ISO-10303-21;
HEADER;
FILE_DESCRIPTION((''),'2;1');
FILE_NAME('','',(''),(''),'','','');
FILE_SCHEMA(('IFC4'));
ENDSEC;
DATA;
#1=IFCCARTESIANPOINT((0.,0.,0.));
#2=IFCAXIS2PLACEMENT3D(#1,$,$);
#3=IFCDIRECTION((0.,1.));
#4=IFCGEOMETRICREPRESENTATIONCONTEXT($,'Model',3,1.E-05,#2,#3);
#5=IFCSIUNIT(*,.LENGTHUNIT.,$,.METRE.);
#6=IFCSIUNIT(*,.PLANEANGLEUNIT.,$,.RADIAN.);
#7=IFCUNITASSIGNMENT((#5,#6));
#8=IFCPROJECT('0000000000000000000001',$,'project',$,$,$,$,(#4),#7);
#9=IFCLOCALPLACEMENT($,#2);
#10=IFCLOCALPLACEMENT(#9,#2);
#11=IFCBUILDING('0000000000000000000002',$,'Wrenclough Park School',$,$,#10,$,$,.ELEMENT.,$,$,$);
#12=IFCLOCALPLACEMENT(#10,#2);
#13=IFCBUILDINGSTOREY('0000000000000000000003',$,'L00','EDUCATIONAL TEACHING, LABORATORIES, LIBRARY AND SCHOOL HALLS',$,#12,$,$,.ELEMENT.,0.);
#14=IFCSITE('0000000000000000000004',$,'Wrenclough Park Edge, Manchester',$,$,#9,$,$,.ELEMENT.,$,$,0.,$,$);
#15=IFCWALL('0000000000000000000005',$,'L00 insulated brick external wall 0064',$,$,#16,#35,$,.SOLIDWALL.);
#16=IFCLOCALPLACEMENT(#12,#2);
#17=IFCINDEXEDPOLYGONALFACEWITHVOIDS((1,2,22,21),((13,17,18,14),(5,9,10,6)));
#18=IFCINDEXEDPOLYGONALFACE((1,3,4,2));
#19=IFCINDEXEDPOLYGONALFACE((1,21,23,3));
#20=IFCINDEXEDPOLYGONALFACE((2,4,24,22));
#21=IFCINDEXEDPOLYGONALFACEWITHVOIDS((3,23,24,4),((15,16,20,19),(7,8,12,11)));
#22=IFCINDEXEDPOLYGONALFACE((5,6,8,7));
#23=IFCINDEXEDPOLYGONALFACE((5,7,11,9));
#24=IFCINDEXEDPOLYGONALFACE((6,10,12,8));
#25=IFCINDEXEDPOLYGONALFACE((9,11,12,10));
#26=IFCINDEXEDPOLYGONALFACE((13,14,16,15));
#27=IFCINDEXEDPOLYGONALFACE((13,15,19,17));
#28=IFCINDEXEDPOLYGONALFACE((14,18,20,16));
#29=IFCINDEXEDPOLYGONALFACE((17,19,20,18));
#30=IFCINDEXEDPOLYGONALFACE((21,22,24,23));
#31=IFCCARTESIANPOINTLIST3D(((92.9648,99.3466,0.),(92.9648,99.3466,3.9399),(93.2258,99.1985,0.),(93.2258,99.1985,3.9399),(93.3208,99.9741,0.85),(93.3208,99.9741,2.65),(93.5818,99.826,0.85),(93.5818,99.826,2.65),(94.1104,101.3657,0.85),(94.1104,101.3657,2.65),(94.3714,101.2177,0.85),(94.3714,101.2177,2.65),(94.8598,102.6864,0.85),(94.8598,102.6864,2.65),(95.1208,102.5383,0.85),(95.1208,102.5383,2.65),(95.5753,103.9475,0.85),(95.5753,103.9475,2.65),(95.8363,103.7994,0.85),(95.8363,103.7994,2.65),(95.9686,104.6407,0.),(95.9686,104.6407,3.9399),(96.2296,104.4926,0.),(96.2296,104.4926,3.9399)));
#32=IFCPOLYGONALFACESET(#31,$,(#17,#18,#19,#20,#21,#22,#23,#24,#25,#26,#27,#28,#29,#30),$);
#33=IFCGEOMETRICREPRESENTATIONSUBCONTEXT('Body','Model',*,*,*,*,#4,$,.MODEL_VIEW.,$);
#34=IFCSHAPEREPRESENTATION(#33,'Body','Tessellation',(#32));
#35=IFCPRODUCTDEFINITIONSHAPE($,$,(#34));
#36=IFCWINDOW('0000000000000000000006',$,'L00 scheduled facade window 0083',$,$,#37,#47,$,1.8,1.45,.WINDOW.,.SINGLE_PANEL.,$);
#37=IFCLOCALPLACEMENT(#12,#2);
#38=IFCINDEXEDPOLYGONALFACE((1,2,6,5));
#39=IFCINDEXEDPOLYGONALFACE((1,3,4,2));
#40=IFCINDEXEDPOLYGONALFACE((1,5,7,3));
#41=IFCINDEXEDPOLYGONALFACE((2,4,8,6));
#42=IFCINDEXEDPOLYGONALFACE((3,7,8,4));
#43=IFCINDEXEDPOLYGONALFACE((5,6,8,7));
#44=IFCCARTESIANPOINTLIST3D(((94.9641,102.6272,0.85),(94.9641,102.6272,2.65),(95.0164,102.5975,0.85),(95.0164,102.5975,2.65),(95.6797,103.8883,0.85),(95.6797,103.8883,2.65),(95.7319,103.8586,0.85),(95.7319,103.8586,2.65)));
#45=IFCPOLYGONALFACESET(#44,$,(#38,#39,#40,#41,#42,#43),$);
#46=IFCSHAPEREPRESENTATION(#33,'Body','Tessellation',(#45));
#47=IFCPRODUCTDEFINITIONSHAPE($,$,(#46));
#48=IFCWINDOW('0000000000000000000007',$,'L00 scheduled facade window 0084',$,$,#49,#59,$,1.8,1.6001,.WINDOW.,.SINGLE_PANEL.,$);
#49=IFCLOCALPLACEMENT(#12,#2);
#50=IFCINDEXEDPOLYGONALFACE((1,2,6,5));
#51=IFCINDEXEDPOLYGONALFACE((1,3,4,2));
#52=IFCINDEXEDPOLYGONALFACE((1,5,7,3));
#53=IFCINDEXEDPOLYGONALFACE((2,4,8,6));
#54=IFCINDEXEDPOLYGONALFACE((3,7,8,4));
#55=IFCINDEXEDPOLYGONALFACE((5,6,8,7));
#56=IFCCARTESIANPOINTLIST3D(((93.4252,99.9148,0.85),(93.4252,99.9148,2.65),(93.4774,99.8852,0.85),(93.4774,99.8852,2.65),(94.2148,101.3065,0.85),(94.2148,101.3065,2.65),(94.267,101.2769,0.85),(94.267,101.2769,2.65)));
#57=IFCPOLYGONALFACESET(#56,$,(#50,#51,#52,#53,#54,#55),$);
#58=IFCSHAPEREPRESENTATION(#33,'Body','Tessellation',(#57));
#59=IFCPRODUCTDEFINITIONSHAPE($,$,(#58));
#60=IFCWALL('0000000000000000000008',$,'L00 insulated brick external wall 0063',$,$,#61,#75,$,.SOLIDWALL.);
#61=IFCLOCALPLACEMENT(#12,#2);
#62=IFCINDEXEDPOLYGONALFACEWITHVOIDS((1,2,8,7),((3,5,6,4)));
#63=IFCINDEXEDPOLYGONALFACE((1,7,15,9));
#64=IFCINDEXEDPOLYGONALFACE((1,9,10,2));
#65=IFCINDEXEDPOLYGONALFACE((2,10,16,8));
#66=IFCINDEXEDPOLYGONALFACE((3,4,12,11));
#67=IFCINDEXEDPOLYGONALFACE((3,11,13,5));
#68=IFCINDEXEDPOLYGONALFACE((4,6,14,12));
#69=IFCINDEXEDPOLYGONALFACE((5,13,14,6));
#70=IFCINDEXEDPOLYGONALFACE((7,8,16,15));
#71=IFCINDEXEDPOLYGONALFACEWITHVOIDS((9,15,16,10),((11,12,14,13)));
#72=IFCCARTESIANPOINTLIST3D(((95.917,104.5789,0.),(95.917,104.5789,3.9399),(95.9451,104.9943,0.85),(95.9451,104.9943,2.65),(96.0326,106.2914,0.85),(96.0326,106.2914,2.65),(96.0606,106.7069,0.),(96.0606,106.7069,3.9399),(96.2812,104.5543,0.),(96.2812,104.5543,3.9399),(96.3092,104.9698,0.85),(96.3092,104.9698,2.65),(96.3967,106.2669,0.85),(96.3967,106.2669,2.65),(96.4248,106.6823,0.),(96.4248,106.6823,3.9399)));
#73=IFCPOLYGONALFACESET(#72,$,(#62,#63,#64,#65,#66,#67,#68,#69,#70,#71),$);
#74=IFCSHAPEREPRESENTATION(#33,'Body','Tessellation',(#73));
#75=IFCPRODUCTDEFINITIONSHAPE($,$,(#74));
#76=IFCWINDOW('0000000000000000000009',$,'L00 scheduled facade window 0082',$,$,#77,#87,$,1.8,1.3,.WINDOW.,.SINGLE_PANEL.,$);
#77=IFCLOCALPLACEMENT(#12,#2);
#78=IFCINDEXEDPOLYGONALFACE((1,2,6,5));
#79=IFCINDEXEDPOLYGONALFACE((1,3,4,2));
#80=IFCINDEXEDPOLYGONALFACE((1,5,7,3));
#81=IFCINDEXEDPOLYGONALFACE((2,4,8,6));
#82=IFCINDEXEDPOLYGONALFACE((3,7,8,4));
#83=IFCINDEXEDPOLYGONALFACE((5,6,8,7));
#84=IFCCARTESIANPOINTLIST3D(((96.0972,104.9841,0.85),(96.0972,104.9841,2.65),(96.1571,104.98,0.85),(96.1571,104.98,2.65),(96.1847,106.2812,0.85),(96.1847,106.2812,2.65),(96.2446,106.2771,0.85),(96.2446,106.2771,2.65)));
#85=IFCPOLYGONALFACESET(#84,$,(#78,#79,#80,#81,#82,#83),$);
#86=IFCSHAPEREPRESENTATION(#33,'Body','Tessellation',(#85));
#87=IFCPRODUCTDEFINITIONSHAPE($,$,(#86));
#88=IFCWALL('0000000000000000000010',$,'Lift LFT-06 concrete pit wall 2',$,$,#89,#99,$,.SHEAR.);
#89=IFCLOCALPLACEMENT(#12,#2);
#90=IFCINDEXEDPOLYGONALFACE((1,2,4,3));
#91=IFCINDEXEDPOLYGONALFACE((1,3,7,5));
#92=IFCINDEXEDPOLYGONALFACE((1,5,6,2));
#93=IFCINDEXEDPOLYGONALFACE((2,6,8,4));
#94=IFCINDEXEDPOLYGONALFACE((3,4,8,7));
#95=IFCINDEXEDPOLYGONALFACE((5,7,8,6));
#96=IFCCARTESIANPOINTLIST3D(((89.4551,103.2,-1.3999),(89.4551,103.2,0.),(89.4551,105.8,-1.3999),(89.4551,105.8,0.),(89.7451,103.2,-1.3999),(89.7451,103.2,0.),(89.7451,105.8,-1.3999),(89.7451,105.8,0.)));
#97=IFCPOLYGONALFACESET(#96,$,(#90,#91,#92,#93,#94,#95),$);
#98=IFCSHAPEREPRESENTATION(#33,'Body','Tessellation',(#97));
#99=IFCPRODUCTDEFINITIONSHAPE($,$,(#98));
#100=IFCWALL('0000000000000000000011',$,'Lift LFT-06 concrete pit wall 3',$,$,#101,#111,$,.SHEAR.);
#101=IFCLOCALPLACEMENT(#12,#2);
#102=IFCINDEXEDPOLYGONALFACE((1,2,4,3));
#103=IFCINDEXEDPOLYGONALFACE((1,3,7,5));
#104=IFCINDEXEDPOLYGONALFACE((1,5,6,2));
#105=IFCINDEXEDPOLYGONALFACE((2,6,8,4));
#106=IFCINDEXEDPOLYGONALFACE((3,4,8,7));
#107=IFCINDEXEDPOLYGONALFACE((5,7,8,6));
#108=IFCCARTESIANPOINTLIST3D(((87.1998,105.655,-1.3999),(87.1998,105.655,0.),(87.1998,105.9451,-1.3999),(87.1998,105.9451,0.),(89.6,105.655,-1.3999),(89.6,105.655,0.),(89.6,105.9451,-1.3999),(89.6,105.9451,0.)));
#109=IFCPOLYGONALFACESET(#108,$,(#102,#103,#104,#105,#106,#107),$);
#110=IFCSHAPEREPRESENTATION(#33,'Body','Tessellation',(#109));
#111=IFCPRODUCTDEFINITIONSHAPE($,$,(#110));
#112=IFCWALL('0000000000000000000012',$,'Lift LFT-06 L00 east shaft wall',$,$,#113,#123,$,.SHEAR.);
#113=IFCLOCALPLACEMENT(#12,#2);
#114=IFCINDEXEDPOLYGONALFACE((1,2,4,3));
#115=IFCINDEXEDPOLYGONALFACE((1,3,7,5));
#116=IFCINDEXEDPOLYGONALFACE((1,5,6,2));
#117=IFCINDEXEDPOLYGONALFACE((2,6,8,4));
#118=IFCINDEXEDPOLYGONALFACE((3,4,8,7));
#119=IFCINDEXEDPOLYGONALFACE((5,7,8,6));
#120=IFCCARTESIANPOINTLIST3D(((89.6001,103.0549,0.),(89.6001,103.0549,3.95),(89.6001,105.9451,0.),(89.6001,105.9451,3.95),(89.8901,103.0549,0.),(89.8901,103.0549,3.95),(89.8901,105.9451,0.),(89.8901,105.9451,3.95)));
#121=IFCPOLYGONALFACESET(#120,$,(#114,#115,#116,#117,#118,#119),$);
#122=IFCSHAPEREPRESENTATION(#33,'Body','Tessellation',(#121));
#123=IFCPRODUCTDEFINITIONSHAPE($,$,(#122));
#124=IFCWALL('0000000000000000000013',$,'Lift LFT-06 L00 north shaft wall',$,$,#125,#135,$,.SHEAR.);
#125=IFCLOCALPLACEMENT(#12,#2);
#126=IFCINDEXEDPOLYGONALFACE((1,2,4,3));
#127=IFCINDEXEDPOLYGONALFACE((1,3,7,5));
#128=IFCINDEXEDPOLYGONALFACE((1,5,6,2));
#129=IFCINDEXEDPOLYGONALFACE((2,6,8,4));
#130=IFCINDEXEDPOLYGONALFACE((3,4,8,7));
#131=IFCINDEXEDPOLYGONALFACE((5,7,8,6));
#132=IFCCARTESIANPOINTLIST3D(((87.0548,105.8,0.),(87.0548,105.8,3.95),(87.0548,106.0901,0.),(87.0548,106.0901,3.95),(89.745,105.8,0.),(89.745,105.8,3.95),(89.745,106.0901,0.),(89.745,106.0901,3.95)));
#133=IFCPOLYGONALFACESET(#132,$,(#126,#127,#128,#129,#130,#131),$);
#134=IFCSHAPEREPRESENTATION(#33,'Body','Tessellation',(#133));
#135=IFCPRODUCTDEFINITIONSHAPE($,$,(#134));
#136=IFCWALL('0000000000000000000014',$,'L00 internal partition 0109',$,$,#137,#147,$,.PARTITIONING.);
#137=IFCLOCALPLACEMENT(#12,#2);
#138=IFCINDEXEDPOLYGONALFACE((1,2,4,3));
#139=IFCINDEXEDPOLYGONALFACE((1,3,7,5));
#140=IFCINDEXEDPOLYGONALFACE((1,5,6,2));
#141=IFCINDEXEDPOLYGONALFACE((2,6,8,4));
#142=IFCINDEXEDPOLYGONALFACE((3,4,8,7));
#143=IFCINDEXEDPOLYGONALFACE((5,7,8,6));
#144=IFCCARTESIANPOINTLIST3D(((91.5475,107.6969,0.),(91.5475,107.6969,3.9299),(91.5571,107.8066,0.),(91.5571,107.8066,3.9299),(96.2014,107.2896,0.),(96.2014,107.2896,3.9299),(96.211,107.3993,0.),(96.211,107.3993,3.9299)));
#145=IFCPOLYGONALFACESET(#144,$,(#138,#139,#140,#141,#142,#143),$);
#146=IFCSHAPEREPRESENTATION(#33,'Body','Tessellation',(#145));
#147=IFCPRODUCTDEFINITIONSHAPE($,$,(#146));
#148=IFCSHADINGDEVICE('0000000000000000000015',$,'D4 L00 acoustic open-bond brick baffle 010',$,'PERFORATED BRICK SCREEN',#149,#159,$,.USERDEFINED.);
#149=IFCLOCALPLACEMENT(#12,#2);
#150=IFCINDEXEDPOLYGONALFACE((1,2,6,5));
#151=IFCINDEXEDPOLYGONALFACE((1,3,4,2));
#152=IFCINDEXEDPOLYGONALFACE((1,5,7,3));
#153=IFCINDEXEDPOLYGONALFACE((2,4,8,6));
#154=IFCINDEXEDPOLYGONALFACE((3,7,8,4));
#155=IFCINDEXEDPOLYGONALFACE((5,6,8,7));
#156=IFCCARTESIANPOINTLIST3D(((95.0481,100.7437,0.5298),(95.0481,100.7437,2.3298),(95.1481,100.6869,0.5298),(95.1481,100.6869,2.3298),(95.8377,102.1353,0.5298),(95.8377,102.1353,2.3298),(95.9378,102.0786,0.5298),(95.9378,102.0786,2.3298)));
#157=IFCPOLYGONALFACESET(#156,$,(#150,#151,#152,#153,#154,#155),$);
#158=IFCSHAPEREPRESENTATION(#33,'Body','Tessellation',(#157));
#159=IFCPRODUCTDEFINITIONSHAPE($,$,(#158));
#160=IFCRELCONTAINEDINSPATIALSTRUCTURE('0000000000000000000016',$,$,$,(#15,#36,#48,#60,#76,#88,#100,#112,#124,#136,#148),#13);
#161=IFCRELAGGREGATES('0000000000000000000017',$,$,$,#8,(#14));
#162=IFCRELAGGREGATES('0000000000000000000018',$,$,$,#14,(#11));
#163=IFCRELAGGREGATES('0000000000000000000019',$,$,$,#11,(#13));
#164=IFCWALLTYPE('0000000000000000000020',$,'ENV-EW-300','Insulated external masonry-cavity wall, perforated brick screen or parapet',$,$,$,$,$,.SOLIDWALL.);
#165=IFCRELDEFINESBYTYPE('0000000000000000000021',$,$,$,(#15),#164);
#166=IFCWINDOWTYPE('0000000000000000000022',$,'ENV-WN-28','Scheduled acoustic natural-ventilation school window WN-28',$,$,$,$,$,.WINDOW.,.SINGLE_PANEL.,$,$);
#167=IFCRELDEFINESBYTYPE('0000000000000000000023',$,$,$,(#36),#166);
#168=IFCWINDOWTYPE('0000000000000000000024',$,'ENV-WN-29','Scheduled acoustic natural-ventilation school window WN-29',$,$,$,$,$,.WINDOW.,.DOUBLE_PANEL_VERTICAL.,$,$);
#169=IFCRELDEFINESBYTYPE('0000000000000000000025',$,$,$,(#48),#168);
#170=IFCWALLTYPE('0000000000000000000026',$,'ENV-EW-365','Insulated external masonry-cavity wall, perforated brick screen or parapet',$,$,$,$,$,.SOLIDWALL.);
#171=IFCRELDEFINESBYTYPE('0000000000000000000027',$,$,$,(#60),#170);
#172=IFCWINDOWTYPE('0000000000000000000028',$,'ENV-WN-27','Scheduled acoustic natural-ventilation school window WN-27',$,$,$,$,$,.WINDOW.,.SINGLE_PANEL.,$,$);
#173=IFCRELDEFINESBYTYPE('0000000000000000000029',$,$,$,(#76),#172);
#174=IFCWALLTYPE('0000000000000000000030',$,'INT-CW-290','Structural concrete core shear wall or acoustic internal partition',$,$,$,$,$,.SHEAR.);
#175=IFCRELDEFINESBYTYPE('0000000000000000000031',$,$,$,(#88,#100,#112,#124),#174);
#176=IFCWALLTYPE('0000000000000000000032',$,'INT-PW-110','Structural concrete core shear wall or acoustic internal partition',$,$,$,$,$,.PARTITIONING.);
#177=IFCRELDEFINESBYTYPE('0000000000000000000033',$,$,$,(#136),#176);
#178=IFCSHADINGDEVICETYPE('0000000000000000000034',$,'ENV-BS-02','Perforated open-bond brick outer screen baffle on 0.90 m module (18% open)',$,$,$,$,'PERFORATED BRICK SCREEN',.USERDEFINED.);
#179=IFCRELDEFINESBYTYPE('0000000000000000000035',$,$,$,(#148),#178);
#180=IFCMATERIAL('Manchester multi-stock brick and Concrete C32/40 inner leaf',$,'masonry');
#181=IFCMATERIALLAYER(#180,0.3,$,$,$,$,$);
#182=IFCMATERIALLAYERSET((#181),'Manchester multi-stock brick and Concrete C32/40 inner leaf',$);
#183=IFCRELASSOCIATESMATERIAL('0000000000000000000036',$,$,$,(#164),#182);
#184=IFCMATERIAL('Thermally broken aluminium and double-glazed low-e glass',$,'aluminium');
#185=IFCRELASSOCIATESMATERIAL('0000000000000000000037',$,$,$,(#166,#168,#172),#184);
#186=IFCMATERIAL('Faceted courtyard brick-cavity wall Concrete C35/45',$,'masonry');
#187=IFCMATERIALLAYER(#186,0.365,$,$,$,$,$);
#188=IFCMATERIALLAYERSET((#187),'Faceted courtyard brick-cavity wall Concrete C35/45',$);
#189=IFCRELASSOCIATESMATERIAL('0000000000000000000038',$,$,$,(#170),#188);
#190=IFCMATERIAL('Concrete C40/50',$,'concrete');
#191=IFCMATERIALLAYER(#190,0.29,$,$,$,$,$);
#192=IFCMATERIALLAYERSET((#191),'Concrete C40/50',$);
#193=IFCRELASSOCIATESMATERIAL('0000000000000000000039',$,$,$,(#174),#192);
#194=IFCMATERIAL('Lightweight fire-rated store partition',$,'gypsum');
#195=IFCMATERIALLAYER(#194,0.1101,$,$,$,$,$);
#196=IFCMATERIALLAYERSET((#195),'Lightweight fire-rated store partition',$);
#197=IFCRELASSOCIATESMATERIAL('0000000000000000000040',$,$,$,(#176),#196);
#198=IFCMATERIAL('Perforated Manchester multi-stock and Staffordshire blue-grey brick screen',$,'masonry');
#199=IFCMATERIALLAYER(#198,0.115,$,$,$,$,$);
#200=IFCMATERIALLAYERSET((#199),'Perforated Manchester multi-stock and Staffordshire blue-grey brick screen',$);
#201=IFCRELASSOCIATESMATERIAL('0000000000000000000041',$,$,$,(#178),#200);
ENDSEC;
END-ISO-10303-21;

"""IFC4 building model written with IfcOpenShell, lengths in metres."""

from ifc_helpers import new_model, si_unit, direction, frame, frame_2d, origin, origin_2d, place, context, subcontext, project, spatial, rectangle, extrude, material, layer, layer_set, type_object, element, fill, save


model = new_model("IFC4")

# Units and contexts
model_context = context("Model", 3, precision=1e-05, world=origin(), true_north=direction((0.0, 1.0)))
body_context = subcontext(model_context, "Body", "Model", "MODEL_VIEW")
ifc_project = project(units=[si_unit("LENGTHUNIT", "METRE"), si_unit("PLANEANGLEUNIT", "RADIAN")], contexts=[model_context])

# Site, building, storey
site_placement = place(None, origin())
site = spatial("IfcSite", under=ifc_project, at=site_placement, Name="Wrenclough Park Edge, Manchester", CompositionType="ELEMENT", RefElevation=0.0)
building_placement = place(site_placement, origin())
building = spatial("IfcBuilding", under=site, at=building_placement, Name="Wrenclough Park School", CompositionType="ELEMENT")
storey_placement = place(building_placement, origin())
storey = spatial("IfcBuildingStorey", under=building, at=storey_placement, Name="L00", Description="EDUCATIONAL TEACHING, LABORATORIES, LIBRARY AND SCHOOL HALLS", CompositionType="ELEMENT", Elevation=0.0)

# Wall, openings, windows
ifc_material_1 = material(Name="Manchester multi-stock brick and Concrete C32/40 inner leaf", Category="masonry")
ifc_layer_1 = layer(ifc_material_1, 0.3)
ifc_layer_set_1 = layer_set([ifc_layer_1], Name="Manchester multi-stock brick and Concrete C32/40 inner leaf")
wall_type_1 = type_object("IfcWallType", Name="ENV-EW-300", Description="Insulated external masonry-cavity wall, perforated brick screen or parapet", PredefinedType="SOLIDWALL", material=ifc_layer_set_1)
wall_1_placement = place(storey_placement, frame((96.0991, 104.5667, 0.0), z_axis=(0.0, 0.0, 1.0), x_axis=(-0.493493, -0.86975, 0.0)))
wall_1 = element("IfcWall", 1, at=wall_1_placement, inside=storey, type_object=wall_type_1, Name="L00 insulated brick external wall 0064", PredefinedType="SOLIDWALL", context=body_context, shape_type="SweptSolid", body=[
    extrude(rectangle(XDim=6.0869, YDim=0.3, at=frame_2d((3.0435, 0.0))), origin(), (0.0, 0.0, 1.0), 3.9399),
])
opening_1_placement = place(wall_1_placement, frame((0.7969, 0.0, 0.8501)))
opening_1 = element("IfcOpeningElement", 2, at=opening_1_placement, cuts=wall_1, PredefinedType="OPENING", context=body_context, shape_type="SweptSolid", body=[
    extrude(rectangle(XDim=1.45, YDim=1.8, at=frame_2d((0.7251, 0.8999))), frame((0.0, 0.1599, 0.0), z_axis=(0.0, -1.0, 0.0), x_axis=(1.0, 0.0, 0.0)), (0.0, 0.0, 1.0), 0.3201),
])
opening_2_placement = place(wall_1_placement, frame((3.7654, 0.0, 0.8501)))
opening_2 = element("IfcOpeningElement", 3, at=opening_2_placement, cuts=wall_1, PredefinedType="OPENING", context=body_context, shape_type="SweptSolid", body=[
    extrude(rectangle(XDim=1.6001, YDim=1.8, at=frame_2d((0.8, 0.8999))), frame((0.0, 0.1599, 0.0), z_axis=(0.0, -1.0, 0.0), x_axis=(1.0, 0.0, 0.0)), (0.0, 0.0, 1.0), 0.3201),
])
ifc_material_2 = material(Name="Thermally broken aluminium and double-glazed low-e glass", Category="aluminium")
window_type_1 = type_object("IfcWindowType", Name="ENV-WN-28", Description="Scheduled acoustic natural-ventilation school window WN-28", PartitioningType="SINGLE_PANEL", PredefinedType="WINDOW", material=ifc_material_2)
window_1_placement = place(opening_1_placement, origin())
window_1 = element("IfcWindow", 4, at=window_1_placement, inside=storey, type_object=window_type_1, Name="L00 scheduled facade window 0083", OverallHeight=1.8, OverallWidth=1.45, PartitioningType="SINGLE_PANEL", PredefinedType="WINDOW", context=body_context, shape_type="SweptSolid", body=[
    extrude(rectangle(XDim=1.45, YDim=1.8, at=frame_2d((0.7251, 0.8999))), frame((0.0, 0.03, 0.0), z_axis=(0.0, -1.0, 0.0), x_axis=(1.0, 0.0, 0.0)), (0.0, 0.0, 1.0), 0.0601),
])
fill(opening_1, window_1)
window_type_2 = type_object("IfcWindowType", Name="ENV-WN-29", Description="Scheduled acoustic natural-ventilation school window WN-29", PartitioningType="DOUBLE_PANEL_VERTICAL", PredefinedType="WINDOW", material=ifc_material_2)
window_2_placement = place(opening_2_placement, origin())
window_2 = element("IfcWindow", 5, at=window_2_placement, inside=storey, type_object=window_type_2, Name="L00 scheduled facade window 0084", OverallHeight=1.8, OverallWidth=1.6001, PartitioningType="SINGLE_PANEL", PredefinedType="WINDOW", context=body_context, shape_type="SweptSolid", body=[
    extrude(rectangle(XDim=1.6001, YDim=1.8, at=frame_2d((0.8, 0.8999))), frame((0.0, 0.03, 0.0), z_axis=(0.0, -1.0, 0.0), x_axis=(1.0, 0.0, 0.0)), (0.0, 0.0, 1.0), 0.0601),
])
fill(opening_2, window_2)

# Wall, opening, window
ifc_material_3 = material(Name="Faceted courtyard brick-cavity wall Concrete C35/45", Category="masonry")
ifc_layer_2 = layer(ifc_material_3, 0.365)
ifc_layer_set_2 = layer_set([ifc_layer_2], Name="Faceted courtyard brick-cavity wall Concrete C35/45")
wall_type_2 = type_object("IfcWallType", Name="ENV-EW-365", Description="Insulated external masonry-cavity wall, perforated brick screen or parapet", PredefinedType="SOLIDWALL", material=ifc_layer_set_2)
wall_2_placement = place(storey_placement, frame((96.2427, 106.6946, 0.0), z_axis=(0.0, 0.0, 1.0), x_axis=(-0.067309, -0.997732, 0.0)))
wall_2 = element("IfcWall", 6, at=wall_2_placement, inside=storey, type_object=wall_type_2, Name="L00 insulated brick external wall 0063", PredefinedType="SOLIDWALL", context=body_context, shape_type="SweptSolid", body=[
    extrude(rectangle(XDim=2.1328, YDim=0.365, at=frame_2d((1.0664, 0.0))), origin(), (0.0, 0.0, 1.0), 3.9399),
])
opening_3_placement = place(wall_2_placement, frame((0.4165, 0.0, 0.8501)))
opening_3 = element("IfcOpeningElement", 7, at=opening_3_placement, cuts=wall_2, PredefinedType="OPENING", context=body_context, shape_type="SweptSolid", body=[
    extrude(rectangle(XDim=1.3, YDim=1.8, at=frame_2d((0.6499, 0.8999))), frame((0.0, 0.1924, 0.0), z_axis=(0.0, -1.0, 0.0), x_axis=(1.0, 0.0, 0.0)), (0.0, 0.0, 1.0), 0.385),
])
window_type_3 = type_object("IfcWindowType", Name="ENV-WN-27", Description="Scheduled acoustic natural-ventilation school window WN-27", PartitioningType="SINGLE_PANEL", PredefinedType="WINDOW", material=ifc_material_2)
window_3_placement = place(opening_3_placement, origin())
window_3 = element("IfcWindow", 8, at=window_3_placement, inside=storey, type_object=window_type_3, Name="L00 scheduled facade window 0082", OverallHeight=1.8, OverallWidth=1.3, PartitioningType="SINGLE_PANEL", PredefinedType="WINDOW", context=body_context, shape_type="SweptSolid", body=[
    extrude(rectangle(XDim=1.3, YDim=1.8, at=frame_2d((0.6499, 0.8999))), frame((0.0, 0.03, 0.0), z_axis=(0.0, -1.0, 0.0), x_axis=(1.0, 0.0, 0.0)), (0.0, 0.0, 1.0), 0.0601),
])
fill(opening_3, window_3)

# Walls
ifc_material_4 = material(Name="Concrete C40/50", Category="concrete")
ifc_layer_3 = layer(ifc_material_4, 0.29)
ifc_layer_set_3 = layer_set([ifc_layer_3], Name="Concrete C40/50")
wall_type_3 = type_object("IfcWallType", Name="INT-CW-290", Description="Structural concrete core shear wall or acoustic internal partition", PredefinedType="SHEAR", material=ifc_layer_set_3)
wall_3_placement = place(storey_placement, frame((89.6001, 103.2, -1.3999), z_axis=(0.0, 0.0, 1.0), x_axis=(0.0, 1.0, 0.0)))
element("IfcWall", 9, at=wall_3_placement, inside=storey, type_object=wall_type_3, Name="Lift LFT-06 concrete pit wall 2", PredefinedType="SHEAR", context=body_context, shape_type="SweptSolid", body=[
    extrude(rectangle(XDim=2.6001, YDim=0.29, at=frame_2d((1.3, 0.0))), origin(), (0.0, 0.0, 1.0), 1.3999),
])
wall_4_placement = place(storey_placement, frame((89.6001, 105.8, -1.3999), z_axis=(0.0, 0.0, 1.0), x_axis=(-1.0, 0.0, 0.0)))
element("IfcWall", 10, at=wall_4_placement, inside=storey, type_object=wall_type_3, Name="Lift LFT-06 concrete pit wall 3", PredefinedType="SHEAR", context=body_context, shape_type="SweptSolid", body=[
    extrude(rectangle(XDim=2.4001, YDim=0.29, at=frame_2d((1.2002, 0.0))), origin(), (0.0, 0.0, 1.0), 1.3999),
])
wall_5_placement = place(storey_placement, frame((89.7451, 103.0549, 0.0), z_axis=(0.0, 0.0, 1.0), x_axis=(0.0, 1.0, 0.0)))
element("IfcWall", 11, at=wall_5_placement, inside=storey, type_object=wall_type_3, Name="Lift LFT-06 L00 east shaft wall", PredefinedType="SHEAR", context=body_context, shape_type="SweptSolid", body=[
    extrude(rectangle(XDim=2.8901, YDim=0.29, at=frame_2d((1.4451, 0.0))), origin(), (0.0, 0.0, 1.0), 3.95),
])
wall_6_placement = place(storey_placement, frame((89.7451, 105.9451, 0.0), z_axis=(0.0, 0.0, 1.0), x_axis=(-1.0, 0.0, 0.0)))
element("IfcWall", 12, at=wall_6_placement, inside=storey, type_object=wall_type_3, Name="Lift LFT-06 L00 north shaft wall", PredefinedType="SHEAR", context=body_context, shape_type="SweptSolid", body=[
    extrude(rectangle(XDim=2.6902, YDim=0.29, at=frame_2d((1.3452, 0.0))), origin(), (0.0, 0.0, 1.0), 3.95),
])
ifc_material_5 = material(Name="Lightweight fire-rated store partition", Category="gypsum")
ifc_layer_4 = layer(ifc_material_5, 0.1101)
ifc_layer_set_4 = layer_set([ifc_layer_4], Name="Lightweight fire-rated store partition")
wall_type_4 = type_object("IfcWallType", Name="INT-PW-110", Description="Structural concrete core shear wall or acoustic internal partition", PredefinedType="PARTITIONING", material=ifc_layer_set_4)
wall_7_placement = place(storey_placement, frame((96.2063, 107.3445, 0.0), z_axis=(0.0, 0.0, 1.0), x_axis=(-0.996193, 0.087171, 0.0)))
element("IfcWall", 13, at=wall_7_placement, inside=storey, type_object=wall_type_4, Name="L00 internal partition 0109", PredefinedType="PARTITIONING", context=body_context, shape_type="SweptSolid", body=[
    extrude(rectangle(XDim=4.6716, YDim=0.1101, at=frame_2d((2.3359, 0.0))), origin(), (0.0, 0.0, 1.0), 3.9299),
])

# Shading device
ifc_material_6 = material(Name="Perforated Manchester multi-stock and Staffordshire blue-grey brick screen", Category="masonry")
ifc_layer_5 = layer(ifc_material_6, 0.115)
ifc_layer_set_5 = layer_set([ifc_layer_5], Name="Perforated Manchester multi-stock and Staffordshire blue-grey brick screen")
shading_device_type = type_object("IfcShadingDeviceType", Name="ENV-BS-02", Description="Perforated open-bond brick outer screen baffle on 0.90 m module (18% open)", ElementType="PERFORATED BRICK SCREEN", PredefinedType="USERDEFINED", material=ifc_layer_set_5)
shading_device_placement = place(storey_placement, frame((95.4929, 101.4111, 0.5298), z_axis=(0.0, 0.0, 1.0), x_axis=(0.493509, 0.869741, 0.0)))
element("IfcShadingDevice", 14, at=shading_device_placement, inside=storey, type_object=shading_device_type, Name="D4 L00 acoustic open-bond brick baffle 010", ObjectType="PERFORATED BRICK SCREEN", PredefinedType="USERDEFINED", context=body_context, shape_type="SweptSolid", body=[
    extrude(rectangle(XDim=1.6001, YDim=0.115, at=origin_2d()), origin(), (0.0, 0.0, 1.0), 1.8),
])

save(model, "model.ifc")
